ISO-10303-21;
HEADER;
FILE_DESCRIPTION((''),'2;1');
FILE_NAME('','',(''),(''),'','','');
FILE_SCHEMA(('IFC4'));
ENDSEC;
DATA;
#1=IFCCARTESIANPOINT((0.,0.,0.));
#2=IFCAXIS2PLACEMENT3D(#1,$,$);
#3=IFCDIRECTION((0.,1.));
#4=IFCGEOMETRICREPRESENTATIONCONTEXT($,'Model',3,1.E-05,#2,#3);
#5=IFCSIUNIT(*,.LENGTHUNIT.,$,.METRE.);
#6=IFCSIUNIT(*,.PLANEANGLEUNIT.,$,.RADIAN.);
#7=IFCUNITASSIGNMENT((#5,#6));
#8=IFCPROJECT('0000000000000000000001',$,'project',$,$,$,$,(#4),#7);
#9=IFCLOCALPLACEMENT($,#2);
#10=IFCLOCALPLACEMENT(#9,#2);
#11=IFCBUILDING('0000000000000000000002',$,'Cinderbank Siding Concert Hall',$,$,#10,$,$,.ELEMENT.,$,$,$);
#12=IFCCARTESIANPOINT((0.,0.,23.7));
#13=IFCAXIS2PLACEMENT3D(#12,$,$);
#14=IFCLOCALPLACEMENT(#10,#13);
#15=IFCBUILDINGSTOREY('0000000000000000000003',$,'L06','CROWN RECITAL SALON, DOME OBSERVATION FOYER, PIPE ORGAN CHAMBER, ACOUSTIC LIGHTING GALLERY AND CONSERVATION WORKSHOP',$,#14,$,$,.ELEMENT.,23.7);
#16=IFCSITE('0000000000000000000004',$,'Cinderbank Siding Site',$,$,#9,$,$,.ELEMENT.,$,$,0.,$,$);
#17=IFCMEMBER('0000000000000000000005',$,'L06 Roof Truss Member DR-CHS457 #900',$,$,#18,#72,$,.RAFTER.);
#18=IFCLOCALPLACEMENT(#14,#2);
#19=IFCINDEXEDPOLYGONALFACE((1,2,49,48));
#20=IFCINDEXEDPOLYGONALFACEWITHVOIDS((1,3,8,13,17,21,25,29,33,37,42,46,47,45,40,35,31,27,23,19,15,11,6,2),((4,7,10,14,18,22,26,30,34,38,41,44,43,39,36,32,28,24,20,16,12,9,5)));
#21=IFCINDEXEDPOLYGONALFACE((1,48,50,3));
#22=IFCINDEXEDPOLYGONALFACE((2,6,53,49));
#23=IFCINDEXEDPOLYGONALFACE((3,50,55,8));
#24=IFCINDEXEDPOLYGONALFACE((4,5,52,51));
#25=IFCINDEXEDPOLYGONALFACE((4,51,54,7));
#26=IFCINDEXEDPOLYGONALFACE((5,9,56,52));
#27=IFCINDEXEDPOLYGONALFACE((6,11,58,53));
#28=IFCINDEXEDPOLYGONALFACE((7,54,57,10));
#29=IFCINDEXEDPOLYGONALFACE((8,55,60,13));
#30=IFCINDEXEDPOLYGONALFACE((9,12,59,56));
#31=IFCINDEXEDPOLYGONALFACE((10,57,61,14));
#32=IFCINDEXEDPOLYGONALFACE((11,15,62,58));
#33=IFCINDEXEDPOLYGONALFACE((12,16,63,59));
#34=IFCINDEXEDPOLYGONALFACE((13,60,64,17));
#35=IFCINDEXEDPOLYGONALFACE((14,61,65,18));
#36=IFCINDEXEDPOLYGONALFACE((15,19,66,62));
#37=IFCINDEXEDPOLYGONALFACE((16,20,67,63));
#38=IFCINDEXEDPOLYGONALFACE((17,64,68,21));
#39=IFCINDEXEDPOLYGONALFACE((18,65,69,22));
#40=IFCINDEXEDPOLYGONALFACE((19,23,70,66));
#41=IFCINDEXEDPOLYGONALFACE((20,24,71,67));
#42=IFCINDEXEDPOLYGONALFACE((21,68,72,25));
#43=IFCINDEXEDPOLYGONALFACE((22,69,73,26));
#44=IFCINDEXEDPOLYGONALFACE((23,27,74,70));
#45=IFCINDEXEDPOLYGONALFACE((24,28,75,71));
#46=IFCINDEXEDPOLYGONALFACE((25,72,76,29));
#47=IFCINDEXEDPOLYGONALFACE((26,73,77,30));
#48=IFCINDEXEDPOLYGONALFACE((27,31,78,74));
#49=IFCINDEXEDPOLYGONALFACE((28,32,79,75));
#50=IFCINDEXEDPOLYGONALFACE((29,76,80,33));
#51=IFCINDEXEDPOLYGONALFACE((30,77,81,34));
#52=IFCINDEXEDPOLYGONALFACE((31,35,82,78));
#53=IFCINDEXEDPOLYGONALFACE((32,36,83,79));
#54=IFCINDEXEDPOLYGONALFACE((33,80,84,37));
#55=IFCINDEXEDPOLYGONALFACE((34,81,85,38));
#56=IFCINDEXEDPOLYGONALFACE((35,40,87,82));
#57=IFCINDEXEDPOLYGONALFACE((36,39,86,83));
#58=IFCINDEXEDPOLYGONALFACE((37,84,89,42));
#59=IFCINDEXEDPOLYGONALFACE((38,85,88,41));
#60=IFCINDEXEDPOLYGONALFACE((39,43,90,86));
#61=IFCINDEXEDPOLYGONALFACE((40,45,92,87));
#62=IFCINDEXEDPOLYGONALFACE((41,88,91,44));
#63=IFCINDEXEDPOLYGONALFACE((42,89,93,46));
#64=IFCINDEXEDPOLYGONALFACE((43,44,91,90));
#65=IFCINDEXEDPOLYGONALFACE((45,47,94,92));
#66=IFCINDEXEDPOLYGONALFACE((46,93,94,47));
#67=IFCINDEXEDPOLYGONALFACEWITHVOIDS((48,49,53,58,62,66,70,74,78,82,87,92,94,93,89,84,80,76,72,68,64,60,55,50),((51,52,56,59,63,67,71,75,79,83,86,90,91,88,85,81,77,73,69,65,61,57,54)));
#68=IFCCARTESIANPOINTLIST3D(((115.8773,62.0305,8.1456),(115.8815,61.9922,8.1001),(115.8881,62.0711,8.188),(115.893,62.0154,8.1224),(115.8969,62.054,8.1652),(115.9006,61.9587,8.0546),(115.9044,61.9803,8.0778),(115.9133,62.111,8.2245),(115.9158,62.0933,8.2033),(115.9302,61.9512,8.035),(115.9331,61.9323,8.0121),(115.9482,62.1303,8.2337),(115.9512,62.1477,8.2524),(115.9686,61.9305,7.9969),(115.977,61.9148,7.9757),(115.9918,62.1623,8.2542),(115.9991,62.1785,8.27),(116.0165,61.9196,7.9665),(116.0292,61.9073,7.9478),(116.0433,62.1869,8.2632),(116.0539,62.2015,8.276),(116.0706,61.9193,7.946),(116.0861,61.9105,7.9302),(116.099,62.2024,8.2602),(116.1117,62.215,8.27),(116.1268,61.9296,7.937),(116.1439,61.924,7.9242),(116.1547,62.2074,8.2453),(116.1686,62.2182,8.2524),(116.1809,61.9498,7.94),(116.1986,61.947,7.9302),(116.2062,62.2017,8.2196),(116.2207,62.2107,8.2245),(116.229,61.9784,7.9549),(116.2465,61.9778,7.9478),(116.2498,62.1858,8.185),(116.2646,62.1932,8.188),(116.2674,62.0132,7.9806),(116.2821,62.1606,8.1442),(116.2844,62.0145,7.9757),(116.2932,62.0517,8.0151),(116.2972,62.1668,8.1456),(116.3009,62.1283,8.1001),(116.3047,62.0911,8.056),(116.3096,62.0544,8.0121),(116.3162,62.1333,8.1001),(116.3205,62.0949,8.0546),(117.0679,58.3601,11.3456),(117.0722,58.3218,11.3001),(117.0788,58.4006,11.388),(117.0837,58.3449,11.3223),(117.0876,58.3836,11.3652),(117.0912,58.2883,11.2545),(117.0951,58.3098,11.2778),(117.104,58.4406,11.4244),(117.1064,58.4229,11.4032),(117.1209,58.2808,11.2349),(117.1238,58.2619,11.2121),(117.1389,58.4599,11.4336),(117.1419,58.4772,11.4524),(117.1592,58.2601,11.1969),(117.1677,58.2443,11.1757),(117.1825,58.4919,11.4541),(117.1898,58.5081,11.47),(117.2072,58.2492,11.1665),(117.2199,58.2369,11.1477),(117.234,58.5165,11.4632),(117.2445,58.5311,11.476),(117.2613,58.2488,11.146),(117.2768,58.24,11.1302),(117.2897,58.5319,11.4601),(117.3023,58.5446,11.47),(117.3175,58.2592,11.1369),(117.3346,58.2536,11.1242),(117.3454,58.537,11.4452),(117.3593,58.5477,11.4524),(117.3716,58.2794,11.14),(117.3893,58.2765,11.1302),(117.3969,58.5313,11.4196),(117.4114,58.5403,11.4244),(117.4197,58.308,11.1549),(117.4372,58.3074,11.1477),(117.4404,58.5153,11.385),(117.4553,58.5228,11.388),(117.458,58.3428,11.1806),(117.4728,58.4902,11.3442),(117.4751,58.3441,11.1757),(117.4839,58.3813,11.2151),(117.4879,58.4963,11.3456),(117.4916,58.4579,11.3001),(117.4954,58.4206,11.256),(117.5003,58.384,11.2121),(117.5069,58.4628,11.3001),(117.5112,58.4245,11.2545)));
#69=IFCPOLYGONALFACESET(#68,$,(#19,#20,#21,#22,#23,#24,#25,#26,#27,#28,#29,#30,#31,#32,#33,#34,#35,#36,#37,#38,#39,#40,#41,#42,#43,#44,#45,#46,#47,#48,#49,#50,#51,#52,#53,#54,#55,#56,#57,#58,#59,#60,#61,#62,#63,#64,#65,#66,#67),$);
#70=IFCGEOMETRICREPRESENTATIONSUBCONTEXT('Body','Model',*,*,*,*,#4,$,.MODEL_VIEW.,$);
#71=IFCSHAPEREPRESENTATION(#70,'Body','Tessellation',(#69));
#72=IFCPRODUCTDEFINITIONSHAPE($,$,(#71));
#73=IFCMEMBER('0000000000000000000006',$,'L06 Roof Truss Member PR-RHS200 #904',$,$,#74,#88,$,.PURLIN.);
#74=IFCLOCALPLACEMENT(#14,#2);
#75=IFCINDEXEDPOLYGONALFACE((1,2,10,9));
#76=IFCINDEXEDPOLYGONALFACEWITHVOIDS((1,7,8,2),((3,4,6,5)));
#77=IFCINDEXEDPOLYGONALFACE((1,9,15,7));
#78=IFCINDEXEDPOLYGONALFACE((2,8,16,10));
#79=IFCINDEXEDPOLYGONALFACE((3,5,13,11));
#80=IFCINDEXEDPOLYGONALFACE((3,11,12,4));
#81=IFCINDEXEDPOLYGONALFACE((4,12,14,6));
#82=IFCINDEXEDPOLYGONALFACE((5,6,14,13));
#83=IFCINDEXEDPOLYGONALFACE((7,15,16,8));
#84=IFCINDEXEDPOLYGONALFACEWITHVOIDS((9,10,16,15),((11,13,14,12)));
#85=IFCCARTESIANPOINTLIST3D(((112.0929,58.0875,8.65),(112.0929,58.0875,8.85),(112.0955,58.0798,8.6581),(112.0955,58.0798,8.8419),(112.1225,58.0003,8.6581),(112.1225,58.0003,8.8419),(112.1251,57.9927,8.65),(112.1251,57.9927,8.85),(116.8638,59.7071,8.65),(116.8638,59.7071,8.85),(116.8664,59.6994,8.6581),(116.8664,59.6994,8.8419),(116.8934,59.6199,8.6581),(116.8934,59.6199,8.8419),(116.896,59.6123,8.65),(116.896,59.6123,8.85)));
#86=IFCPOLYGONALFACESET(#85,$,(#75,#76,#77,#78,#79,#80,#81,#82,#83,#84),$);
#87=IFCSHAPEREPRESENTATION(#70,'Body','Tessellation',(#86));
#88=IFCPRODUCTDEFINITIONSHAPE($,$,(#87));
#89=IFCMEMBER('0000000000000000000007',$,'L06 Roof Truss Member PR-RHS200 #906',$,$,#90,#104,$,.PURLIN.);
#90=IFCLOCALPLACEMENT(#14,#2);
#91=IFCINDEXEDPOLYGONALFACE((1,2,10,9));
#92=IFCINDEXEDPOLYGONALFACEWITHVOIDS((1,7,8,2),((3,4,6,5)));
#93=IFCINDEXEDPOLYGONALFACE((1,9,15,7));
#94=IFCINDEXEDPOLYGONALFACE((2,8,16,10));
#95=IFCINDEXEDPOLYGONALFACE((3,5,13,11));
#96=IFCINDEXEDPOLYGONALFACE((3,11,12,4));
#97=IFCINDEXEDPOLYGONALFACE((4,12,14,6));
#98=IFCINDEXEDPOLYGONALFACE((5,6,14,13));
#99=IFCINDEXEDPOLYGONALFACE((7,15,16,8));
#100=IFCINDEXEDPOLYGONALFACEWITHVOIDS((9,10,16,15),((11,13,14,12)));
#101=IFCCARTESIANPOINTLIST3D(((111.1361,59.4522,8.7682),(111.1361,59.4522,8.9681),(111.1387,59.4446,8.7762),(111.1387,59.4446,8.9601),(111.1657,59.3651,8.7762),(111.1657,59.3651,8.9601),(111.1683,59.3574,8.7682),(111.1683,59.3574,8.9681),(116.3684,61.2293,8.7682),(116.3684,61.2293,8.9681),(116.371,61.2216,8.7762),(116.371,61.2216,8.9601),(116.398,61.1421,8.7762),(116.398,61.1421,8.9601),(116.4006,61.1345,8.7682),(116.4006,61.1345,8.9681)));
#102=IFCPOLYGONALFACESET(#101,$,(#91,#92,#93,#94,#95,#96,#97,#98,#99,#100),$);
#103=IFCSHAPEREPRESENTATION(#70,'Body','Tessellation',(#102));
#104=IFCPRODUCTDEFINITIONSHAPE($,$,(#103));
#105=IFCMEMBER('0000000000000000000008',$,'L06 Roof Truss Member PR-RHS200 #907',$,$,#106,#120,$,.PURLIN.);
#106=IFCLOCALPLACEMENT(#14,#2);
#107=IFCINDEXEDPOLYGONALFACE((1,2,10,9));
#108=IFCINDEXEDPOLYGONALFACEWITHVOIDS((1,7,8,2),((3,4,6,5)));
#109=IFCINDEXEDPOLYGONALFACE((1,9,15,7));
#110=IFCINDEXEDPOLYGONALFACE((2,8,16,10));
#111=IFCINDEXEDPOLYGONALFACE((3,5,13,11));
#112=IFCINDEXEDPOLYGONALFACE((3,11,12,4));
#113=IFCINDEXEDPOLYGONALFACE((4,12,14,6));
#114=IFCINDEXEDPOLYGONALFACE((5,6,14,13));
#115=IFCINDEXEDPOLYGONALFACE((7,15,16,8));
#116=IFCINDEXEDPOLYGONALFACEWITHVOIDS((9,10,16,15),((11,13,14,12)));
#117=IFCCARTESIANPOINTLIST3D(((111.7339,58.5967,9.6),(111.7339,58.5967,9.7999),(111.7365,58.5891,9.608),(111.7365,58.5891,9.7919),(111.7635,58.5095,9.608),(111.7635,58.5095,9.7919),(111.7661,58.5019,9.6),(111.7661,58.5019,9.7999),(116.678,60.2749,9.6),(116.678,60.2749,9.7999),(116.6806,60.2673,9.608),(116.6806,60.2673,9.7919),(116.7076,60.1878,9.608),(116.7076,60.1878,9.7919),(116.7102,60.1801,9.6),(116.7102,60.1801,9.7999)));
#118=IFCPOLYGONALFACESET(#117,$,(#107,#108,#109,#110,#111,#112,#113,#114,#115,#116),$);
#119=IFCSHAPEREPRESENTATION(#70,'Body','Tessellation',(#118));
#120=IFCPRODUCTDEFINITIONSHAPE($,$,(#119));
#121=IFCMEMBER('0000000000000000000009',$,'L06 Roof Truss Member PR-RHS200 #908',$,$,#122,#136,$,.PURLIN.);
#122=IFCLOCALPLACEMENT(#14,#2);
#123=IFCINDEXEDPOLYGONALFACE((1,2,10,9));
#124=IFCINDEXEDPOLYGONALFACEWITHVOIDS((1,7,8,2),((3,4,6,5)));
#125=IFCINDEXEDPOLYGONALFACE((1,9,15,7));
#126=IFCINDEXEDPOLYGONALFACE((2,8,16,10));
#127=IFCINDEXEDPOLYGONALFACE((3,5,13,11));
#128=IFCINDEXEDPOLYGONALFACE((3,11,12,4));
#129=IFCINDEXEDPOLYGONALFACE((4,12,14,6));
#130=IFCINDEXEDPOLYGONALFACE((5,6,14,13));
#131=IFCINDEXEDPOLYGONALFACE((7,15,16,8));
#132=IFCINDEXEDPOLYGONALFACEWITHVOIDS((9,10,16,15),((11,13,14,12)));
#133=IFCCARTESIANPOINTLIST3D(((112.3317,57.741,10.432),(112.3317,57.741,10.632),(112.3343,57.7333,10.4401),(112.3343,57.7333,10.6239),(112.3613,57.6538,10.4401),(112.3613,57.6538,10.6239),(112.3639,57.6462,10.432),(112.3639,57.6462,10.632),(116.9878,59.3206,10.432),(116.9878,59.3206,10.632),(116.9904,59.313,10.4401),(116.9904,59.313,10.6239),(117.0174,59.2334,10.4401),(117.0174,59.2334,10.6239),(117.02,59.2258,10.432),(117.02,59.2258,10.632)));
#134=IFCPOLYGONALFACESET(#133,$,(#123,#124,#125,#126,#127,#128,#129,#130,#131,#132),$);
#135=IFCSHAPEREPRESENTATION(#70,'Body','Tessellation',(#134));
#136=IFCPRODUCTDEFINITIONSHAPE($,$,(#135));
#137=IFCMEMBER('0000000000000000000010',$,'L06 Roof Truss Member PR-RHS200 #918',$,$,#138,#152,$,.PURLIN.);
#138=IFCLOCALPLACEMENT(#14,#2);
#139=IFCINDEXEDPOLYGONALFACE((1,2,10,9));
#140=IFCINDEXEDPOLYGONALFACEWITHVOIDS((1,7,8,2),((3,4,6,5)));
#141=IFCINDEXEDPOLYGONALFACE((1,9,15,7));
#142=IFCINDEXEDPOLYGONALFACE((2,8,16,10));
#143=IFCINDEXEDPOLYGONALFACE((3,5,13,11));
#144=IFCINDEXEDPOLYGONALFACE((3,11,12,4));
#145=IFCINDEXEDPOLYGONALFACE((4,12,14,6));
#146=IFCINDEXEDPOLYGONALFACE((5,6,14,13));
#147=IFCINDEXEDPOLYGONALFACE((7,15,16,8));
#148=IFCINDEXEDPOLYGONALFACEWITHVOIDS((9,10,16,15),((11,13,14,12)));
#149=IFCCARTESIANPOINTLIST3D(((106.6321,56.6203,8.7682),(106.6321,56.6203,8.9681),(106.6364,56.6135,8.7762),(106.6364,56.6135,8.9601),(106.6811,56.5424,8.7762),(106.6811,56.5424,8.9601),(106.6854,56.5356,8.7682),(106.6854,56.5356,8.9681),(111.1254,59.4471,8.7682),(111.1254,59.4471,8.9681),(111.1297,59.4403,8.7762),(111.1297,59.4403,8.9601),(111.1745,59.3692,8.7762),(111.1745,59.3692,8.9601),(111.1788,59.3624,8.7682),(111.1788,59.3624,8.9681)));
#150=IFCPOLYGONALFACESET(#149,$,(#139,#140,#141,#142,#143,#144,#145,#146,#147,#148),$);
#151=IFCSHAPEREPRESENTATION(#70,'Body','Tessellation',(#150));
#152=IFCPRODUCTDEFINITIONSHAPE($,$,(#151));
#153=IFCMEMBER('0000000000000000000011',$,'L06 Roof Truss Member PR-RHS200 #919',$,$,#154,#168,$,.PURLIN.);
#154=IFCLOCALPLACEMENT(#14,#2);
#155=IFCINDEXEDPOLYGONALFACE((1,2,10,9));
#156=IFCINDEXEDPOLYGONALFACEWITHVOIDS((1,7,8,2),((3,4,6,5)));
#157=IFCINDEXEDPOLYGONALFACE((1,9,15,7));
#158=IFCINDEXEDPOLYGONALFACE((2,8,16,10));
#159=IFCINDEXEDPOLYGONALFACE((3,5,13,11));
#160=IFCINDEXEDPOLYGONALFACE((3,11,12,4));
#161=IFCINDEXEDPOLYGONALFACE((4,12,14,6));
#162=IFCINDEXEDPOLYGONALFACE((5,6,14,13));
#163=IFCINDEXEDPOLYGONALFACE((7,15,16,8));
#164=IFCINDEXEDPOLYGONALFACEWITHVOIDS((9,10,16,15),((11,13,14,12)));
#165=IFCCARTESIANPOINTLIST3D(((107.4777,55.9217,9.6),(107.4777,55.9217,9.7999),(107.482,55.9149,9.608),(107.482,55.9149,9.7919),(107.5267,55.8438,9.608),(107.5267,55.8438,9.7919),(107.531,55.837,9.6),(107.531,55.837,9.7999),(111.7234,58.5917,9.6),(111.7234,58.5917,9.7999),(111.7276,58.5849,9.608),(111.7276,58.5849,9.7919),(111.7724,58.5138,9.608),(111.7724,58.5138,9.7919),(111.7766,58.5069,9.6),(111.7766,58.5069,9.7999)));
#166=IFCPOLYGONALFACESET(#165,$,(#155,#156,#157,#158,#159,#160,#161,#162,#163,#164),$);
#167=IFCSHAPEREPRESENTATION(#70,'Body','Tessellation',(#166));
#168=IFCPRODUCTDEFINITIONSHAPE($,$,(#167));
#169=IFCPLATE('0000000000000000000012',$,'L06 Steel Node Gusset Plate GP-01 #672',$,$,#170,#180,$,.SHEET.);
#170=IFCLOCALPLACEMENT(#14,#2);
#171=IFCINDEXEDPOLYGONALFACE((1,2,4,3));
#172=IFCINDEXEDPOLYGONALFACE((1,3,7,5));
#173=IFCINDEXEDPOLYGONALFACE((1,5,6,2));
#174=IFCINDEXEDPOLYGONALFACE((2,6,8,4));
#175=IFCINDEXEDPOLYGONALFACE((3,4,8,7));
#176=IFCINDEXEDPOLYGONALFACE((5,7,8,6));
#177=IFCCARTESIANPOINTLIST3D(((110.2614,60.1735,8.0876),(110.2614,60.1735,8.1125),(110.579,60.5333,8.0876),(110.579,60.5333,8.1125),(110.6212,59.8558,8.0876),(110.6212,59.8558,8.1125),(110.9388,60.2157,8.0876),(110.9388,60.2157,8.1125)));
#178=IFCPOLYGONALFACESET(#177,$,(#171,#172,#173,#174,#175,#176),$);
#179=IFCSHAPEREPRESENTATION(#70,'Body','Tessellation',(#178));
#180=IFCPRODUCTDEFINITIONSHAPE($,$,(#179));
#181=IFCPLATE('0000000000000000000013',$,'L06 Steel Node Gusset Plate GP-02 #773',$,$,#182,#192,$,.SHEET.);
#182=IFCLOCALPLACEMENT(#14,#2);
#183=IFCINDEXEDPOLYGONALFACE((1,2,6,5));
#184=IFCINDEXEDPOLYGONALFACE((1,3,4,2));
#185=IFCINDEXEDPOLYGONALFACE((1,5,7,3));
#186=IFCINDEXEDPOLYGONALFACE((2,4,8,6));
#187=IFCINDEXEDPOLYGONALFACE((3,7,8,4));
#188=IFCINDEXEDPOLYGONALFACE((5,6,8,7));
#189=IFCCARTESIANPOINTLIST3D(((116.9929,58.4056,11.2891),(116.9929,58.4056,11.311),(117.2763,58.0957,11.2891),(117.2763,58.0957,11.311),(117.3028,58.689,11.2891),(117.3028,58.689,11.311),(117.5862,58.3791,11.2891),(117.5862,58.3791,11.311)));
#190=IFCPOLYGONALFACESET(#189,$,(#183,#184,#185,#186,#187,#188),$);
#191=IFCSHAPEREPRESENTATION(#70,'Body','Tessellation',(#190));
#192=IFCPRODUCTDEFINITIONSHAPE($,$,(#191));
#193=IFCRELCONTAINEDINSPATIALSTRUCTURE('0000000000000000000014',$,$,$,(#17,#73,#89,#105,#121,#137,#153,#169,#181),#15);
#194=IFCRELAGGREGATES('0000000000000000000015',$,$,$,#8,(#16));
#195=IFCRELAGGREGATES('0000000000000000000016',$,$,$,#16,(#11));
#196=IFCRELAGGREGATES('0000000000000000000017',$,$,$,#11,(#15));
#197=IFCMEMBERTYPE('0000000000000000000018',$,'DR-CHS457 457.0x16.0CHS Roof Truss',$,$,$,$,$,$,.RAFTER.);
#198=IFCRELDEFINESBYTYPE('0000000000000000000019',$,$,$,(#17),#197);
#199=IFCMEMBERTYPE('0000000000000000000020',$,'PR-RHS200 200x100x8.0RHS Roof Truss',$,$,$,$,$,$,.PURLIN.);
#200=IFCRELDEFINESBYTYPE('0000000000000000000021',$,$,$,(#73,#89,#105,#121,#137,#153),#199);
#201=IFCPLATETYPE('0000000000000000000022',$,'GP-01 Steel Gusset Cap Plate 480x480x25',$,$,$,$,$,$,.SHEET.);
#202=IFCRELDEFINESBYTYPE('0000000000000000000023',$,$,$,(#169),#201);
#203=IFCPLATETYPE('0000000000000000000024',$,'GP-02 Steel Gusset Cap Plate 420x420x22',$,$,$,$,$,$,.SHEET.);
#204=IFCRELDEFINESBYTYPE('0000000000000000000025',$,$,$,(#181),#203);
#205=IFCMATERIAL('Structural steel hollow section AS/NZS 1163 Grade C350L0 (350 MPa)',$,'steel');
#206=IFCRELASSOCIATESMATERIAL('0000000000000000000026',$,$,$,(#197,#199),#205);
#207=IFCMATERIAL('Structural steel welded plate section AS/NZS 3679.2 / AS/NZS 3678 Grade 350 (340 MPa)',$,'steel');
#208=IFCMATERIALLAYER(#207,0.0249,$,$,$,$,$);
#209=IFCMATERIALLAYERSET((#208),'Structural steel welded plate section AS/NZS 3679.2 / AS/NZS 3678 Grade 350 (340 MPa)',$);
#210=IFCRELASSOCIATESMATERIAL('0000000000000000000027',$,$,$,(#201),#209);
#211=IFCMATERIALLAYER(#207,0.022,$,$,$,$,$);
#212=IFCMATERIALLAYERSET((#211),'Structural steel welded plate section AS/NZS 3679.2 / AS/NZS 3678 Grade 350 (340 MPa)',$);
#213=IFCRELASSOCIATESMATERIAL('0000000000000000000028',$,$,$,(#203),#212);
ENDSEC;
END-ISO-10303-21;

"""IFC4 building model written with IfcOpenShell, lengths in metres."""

from ifc_helpers import new_model, si_unit, direction, frame, origin, origin_2d, place, context, subcontext, project, spatial, rectangle, hollow_rectangle, hollow_circle, extrude, material, layer, layer_set, material_profile, profile_set, type_object, element, save


model = new_model("IFC4")

# Units and contexts
model_context = context("Model", 3, precision=1e-05, world=origin(), true_north=direction((0.0, 1.0)))
body_context = subcontext(model_context, "Body", "Model", "MODEL_VIEW")
ifc_project = project(units=[si_unit("LENGTHUNIT", "METRE"), si_unit("PLANEANGLEUNIT", "RADIAN")], contexts=[model_context])

# Site, building, storey
site_placement = place(None, origin())
site = spatial("IfcSite", under=ifc_project, at=site_placement, Name="Cinderbank Siding Site", CompositionType="ELEMENT", RefElevation=0.0)
building_placement = place(site_placement, origin())
building = spatial("IfcBuilding", under=site, at=building_placement, Name="Cinderbank Siding Concert Hall", CompositionType="ELEMENT")
storey_placement = place(building_placement, frame((0.0, 0.0, 23.7)))
storey = spatial("IfcBuildingStorey", under=building, at=storey_placement, Name="L06", Description="CROWN RECITAL SALON, DOME OBSERVATION FOYER, PIPE ORGAN CHAMBER, ACOUSTIC LIGHTING GALLERY AND CONSERVATION WORKSHOP", CompositionType="ELEMENT", Elevation=23.7)

# Shared definitions
ifc_material_1 = material(Name="Structural steel welded plate section AS/NZS 3679.2 / AS/NZS 3678 Grade 350 (340 MPa)", Category="steel")

# Members
ifc_material_2 = material(Name="Structural steel hollow section AS/NZS 1163 Grade C350L0 (350 MPa)", Category="steel")
ifc_material_profile_1 = material_profile(ifc_material_2, hollow_circle(Radius=0.2285, WallThickness=0.0161, at=origin_2d()), Name="457.0x16.0CHS", Category="LoadBearing")
ifc_profile_set_1 = profile_set([ifc_material_profile_1], Name="Structural steel hollow section AS/NZS 1163 Grade C350L0 (350 MPa)")
member_type_1 = type_object("IfcMemberType", Name="DR-CHS457 457.0x16.0CHS Roof Truss", PredefinedType="RAFTER", material=ifc_profile_set_1)
member_1_placement = place(storey_placement, frame((116.0989, 62.0627, 8.1001), z_axis=(0.237521, -0.732191, 0.638342), x_axis=(0.951202, 0.308568, 0.0)))
element("IfcMember", 1, at=member_1_placement, inside=storey, type_object=member_type_1, Name="L06 Roof Truss Member DR-CHS457 #900", PredefinedType="RAFTER", context=body_context, shape_type="SweptSolid", body=[
    extrude(hollow_circle(Radius=0.2285, WallThickness=0.0161, at=origin_2d()), origin(), (0.0, 0.0, 1.0), 5.0129),
])
ifc_material_profile_2 = material_profile(ifc_material_2, hollow_rectangle(XDim=0.1001, YDim=0.2, WallThickness=0.0081, at=origin_2d()), Name="200x100x8.0RHS", Category="LoadBearing")
ifc_profile_set_2 = profile_set([ifc_material_profile_2], Name="Structural steel hollow section AS/NZS 1163 Grade C350L0 (350 MPa)")
member_type_2 = type_object("IfcMemberType", Name="PR-RHS200 200x100x8.0RHS Roof Truss", PredefinedType="PURLIN", material=ifc_profile_set_2)
member_2_placement = place(storey_placement, frame((116.8799, 59.6597, 8.75), z_axis=(-0.946924, -0.321456, 0.0), x_axis=(0.321456, -0.946924, 0.0)))
element("IfcMember", 2, at=member_2_placement, inside=storey, type_object=member_type_2, Name="L06 Roof Truss Member PR-RHS200 #904", PredefinedType="PURLIN", context=body_context, shape_type="SweptSolid", body=[
    extrude(hollow_rectangle(XDim=0.1001, YDim=0.2, WallThickness=0.0081, at=origin_2d()), origin(), (0.0, 0.0, 1.0), 5.0383),
])
member_3_placement = place(storey_placement, frame((116.3845, 61.1819, 8.8682), z_axis=(-0.946879, -0.321591, 0.0), x_axis=(0.321591, -0.946879, 0.0)))
element("IfcMember", 3, at=member_3_placement, inside=storey, type_object=member_type_2, Name="L06 Roof Truss Member PR-RHS200 #906", PredefinedType="PURLIN", context=body_context, shape_type="SweptSolid", body=[
    extrude(hollow_rectangle(XDim=0.1001, YDim=0.2, WallThickness=0.0081, at=origin_2d()), origin(), (0.0, 0.0, 1.0), 5.5259),
])
member_4_placement = place(storey_placement, frame((116.6941, 60.2275, 9.7), z_axis=(-0.946934, -0.321427, 0.0), x_axis=(0.321427, -0.946934, 0.0)))
element("IfcMember", 4, at=member_4_placement, inside=storey, type_object=member_type_2, Name="L06 Roof Truss Member PR-RHS200 #907", PredefinedType="PURLIN", context=body_context, shape_type="SweptSolid", body=[
    extrude(hollow_rectangle(XDim=0.1001, YDim=0.2, WallThickness=0.0081, at=origin_2d()), origin(), (0.0, 0.0, 1.0), 5.2212),
])
member_5_placement = place(storey_placement, frame((117.0039, 59.2732, 10.532), z_axis=(-0.946987, -0.321273, 0.0), x_axis=(0.321273, -0.946987, 0.0)))
element("IfcMember", 5, at=member_5_placement, inside=storey, type_object=member_type_2, Name="L06 Roof Truss Member PR-RHS200 #908", PredefinedType="PURLIN", context=body_context, shape_type="SweptSolid", body=[
    extrude(hollow_rectangle(XDim=0.1001, YDim=0.2, WallThickness=0.0081, at=origin_2d()), origin(), (0.0, 0.0, 1.0), 4.9167),
])
member_6_placement = place(storey_placement, frame((111.1521, 59.4048, 8.8682), z_axis=(-0.846426, -0.532506, 0.0), x_axis=(0.532506, -0.846426, 0.0)))
element("IfcMember", 6, at=member_6_placement, inside=storey, type_object=member_type_2, Name="L06 Roof Truss Member PR-RHS200 #918", PredefinedType="PURLIN", context=body_context, shape_type="SweptSolid", body=[
    extrude(hollow_rectangle(XDim=0.1001, YDim=0.2, WallThickness=0.0081, at=origin_2d()), origin(), (0.0, 0.0, 1.0), 5.3086),
])
member_7_placement = place(storey_placement, frame((111.75, 58.5493, 9.7), z_axis=(-0.846524, -0.532351, 0.0), x_axis=(0.532351, -0.846524, 0.0)))
element("IfcMember", 7, at=member_7_placement, inside=storey, type_object=member_type_2, Name="L06 Roof Truss Member PR-RHS200 #919", PredefinedType="PURLIN", context=body_context, shape_type="SweptSolid", body=[
    extrude(hollow_rectangle(XDim=0.1001, YDim=0.2, WallThickness=0.0081, at=origin_2d()), origin(), (0.0, 0.0, 1.0), 5.0154),
])

# Plates
ifc_layer_1 = layer(ifc_material_1, 0.0249)
ifc_layer_set_1 = layer_set([ifc_layer_1], Name="Structural steel welded plate section AS/NZS 3679.2 / AS/NZS 3678 Grade 350 (340 MPa)")
plate_type_1 = type_object("IfcPlateType", Name="GP-01 Steel Gusset Cap Plate 480x480x25", PredefinedType="SHEET", material=ifc_layer_set_1)
plate_1_placement = place(storey_placement, frame((110.6001, 60.1946, 8.0876), z_axis=(0.0, 0.0, 1.0), x_axis=(-0.661835, -0.749649, 0.0)))
element("IfcPlate", 8, at=plate_1_placement, inside=storey, type_object=plate_type_1, Name="L06 Steel Node Gusset Plate GP-01 #672", PredefinedType="SHEET", context=body_context, shape_type="SweptSolid", body=[
    extrude(rectangle(XDim=0.48, YDim=0.48, at=origin_2d()), origin(), (0.0, 0.0, 1.0), 0.0249),
])
ifc_layer_2 = layer(ifc_material_1, 0.022)
ifc_layer_set_2 = layer_set([ifc_layer_2], Name="Structural steel welded plate section AS/NZS 3679.2 / AS/NZS 3678 Grade 350 (340 MPa)")
plate_type_2 = type_object("IfcPlateType", Name="GP-02 Steel Gusset Cap Plate 420x420x22", PredefinedType="SHEET", material=ifc_layer_set_2)
for number, where, z_axis, x_axis, name in (
    (9, (117.2896, 58.3923, 11.2891), (0.0, 0.0, 1.0), (-0.737984, -0.674818, 0.0), "L06 Steel Node Gusset Plate GP-02 #773"),
):
    element("IfcPlate", number, at=place(storey_placement, frame(where, z_axis=z_axis, x_axis=x_axis)), inside=storey, type_object=plate_type_2, Name=name, PredefinedType="SHEET", context=body_context, shape_type="SweptSolid", body=[
        extrude(rectangle(XDim=0.4199, YDim=0.4199, at=origin_2d()), origin(), (0.0, 0.0, 1.0), 0.022),
    ])

save(model, "model.ifc")
